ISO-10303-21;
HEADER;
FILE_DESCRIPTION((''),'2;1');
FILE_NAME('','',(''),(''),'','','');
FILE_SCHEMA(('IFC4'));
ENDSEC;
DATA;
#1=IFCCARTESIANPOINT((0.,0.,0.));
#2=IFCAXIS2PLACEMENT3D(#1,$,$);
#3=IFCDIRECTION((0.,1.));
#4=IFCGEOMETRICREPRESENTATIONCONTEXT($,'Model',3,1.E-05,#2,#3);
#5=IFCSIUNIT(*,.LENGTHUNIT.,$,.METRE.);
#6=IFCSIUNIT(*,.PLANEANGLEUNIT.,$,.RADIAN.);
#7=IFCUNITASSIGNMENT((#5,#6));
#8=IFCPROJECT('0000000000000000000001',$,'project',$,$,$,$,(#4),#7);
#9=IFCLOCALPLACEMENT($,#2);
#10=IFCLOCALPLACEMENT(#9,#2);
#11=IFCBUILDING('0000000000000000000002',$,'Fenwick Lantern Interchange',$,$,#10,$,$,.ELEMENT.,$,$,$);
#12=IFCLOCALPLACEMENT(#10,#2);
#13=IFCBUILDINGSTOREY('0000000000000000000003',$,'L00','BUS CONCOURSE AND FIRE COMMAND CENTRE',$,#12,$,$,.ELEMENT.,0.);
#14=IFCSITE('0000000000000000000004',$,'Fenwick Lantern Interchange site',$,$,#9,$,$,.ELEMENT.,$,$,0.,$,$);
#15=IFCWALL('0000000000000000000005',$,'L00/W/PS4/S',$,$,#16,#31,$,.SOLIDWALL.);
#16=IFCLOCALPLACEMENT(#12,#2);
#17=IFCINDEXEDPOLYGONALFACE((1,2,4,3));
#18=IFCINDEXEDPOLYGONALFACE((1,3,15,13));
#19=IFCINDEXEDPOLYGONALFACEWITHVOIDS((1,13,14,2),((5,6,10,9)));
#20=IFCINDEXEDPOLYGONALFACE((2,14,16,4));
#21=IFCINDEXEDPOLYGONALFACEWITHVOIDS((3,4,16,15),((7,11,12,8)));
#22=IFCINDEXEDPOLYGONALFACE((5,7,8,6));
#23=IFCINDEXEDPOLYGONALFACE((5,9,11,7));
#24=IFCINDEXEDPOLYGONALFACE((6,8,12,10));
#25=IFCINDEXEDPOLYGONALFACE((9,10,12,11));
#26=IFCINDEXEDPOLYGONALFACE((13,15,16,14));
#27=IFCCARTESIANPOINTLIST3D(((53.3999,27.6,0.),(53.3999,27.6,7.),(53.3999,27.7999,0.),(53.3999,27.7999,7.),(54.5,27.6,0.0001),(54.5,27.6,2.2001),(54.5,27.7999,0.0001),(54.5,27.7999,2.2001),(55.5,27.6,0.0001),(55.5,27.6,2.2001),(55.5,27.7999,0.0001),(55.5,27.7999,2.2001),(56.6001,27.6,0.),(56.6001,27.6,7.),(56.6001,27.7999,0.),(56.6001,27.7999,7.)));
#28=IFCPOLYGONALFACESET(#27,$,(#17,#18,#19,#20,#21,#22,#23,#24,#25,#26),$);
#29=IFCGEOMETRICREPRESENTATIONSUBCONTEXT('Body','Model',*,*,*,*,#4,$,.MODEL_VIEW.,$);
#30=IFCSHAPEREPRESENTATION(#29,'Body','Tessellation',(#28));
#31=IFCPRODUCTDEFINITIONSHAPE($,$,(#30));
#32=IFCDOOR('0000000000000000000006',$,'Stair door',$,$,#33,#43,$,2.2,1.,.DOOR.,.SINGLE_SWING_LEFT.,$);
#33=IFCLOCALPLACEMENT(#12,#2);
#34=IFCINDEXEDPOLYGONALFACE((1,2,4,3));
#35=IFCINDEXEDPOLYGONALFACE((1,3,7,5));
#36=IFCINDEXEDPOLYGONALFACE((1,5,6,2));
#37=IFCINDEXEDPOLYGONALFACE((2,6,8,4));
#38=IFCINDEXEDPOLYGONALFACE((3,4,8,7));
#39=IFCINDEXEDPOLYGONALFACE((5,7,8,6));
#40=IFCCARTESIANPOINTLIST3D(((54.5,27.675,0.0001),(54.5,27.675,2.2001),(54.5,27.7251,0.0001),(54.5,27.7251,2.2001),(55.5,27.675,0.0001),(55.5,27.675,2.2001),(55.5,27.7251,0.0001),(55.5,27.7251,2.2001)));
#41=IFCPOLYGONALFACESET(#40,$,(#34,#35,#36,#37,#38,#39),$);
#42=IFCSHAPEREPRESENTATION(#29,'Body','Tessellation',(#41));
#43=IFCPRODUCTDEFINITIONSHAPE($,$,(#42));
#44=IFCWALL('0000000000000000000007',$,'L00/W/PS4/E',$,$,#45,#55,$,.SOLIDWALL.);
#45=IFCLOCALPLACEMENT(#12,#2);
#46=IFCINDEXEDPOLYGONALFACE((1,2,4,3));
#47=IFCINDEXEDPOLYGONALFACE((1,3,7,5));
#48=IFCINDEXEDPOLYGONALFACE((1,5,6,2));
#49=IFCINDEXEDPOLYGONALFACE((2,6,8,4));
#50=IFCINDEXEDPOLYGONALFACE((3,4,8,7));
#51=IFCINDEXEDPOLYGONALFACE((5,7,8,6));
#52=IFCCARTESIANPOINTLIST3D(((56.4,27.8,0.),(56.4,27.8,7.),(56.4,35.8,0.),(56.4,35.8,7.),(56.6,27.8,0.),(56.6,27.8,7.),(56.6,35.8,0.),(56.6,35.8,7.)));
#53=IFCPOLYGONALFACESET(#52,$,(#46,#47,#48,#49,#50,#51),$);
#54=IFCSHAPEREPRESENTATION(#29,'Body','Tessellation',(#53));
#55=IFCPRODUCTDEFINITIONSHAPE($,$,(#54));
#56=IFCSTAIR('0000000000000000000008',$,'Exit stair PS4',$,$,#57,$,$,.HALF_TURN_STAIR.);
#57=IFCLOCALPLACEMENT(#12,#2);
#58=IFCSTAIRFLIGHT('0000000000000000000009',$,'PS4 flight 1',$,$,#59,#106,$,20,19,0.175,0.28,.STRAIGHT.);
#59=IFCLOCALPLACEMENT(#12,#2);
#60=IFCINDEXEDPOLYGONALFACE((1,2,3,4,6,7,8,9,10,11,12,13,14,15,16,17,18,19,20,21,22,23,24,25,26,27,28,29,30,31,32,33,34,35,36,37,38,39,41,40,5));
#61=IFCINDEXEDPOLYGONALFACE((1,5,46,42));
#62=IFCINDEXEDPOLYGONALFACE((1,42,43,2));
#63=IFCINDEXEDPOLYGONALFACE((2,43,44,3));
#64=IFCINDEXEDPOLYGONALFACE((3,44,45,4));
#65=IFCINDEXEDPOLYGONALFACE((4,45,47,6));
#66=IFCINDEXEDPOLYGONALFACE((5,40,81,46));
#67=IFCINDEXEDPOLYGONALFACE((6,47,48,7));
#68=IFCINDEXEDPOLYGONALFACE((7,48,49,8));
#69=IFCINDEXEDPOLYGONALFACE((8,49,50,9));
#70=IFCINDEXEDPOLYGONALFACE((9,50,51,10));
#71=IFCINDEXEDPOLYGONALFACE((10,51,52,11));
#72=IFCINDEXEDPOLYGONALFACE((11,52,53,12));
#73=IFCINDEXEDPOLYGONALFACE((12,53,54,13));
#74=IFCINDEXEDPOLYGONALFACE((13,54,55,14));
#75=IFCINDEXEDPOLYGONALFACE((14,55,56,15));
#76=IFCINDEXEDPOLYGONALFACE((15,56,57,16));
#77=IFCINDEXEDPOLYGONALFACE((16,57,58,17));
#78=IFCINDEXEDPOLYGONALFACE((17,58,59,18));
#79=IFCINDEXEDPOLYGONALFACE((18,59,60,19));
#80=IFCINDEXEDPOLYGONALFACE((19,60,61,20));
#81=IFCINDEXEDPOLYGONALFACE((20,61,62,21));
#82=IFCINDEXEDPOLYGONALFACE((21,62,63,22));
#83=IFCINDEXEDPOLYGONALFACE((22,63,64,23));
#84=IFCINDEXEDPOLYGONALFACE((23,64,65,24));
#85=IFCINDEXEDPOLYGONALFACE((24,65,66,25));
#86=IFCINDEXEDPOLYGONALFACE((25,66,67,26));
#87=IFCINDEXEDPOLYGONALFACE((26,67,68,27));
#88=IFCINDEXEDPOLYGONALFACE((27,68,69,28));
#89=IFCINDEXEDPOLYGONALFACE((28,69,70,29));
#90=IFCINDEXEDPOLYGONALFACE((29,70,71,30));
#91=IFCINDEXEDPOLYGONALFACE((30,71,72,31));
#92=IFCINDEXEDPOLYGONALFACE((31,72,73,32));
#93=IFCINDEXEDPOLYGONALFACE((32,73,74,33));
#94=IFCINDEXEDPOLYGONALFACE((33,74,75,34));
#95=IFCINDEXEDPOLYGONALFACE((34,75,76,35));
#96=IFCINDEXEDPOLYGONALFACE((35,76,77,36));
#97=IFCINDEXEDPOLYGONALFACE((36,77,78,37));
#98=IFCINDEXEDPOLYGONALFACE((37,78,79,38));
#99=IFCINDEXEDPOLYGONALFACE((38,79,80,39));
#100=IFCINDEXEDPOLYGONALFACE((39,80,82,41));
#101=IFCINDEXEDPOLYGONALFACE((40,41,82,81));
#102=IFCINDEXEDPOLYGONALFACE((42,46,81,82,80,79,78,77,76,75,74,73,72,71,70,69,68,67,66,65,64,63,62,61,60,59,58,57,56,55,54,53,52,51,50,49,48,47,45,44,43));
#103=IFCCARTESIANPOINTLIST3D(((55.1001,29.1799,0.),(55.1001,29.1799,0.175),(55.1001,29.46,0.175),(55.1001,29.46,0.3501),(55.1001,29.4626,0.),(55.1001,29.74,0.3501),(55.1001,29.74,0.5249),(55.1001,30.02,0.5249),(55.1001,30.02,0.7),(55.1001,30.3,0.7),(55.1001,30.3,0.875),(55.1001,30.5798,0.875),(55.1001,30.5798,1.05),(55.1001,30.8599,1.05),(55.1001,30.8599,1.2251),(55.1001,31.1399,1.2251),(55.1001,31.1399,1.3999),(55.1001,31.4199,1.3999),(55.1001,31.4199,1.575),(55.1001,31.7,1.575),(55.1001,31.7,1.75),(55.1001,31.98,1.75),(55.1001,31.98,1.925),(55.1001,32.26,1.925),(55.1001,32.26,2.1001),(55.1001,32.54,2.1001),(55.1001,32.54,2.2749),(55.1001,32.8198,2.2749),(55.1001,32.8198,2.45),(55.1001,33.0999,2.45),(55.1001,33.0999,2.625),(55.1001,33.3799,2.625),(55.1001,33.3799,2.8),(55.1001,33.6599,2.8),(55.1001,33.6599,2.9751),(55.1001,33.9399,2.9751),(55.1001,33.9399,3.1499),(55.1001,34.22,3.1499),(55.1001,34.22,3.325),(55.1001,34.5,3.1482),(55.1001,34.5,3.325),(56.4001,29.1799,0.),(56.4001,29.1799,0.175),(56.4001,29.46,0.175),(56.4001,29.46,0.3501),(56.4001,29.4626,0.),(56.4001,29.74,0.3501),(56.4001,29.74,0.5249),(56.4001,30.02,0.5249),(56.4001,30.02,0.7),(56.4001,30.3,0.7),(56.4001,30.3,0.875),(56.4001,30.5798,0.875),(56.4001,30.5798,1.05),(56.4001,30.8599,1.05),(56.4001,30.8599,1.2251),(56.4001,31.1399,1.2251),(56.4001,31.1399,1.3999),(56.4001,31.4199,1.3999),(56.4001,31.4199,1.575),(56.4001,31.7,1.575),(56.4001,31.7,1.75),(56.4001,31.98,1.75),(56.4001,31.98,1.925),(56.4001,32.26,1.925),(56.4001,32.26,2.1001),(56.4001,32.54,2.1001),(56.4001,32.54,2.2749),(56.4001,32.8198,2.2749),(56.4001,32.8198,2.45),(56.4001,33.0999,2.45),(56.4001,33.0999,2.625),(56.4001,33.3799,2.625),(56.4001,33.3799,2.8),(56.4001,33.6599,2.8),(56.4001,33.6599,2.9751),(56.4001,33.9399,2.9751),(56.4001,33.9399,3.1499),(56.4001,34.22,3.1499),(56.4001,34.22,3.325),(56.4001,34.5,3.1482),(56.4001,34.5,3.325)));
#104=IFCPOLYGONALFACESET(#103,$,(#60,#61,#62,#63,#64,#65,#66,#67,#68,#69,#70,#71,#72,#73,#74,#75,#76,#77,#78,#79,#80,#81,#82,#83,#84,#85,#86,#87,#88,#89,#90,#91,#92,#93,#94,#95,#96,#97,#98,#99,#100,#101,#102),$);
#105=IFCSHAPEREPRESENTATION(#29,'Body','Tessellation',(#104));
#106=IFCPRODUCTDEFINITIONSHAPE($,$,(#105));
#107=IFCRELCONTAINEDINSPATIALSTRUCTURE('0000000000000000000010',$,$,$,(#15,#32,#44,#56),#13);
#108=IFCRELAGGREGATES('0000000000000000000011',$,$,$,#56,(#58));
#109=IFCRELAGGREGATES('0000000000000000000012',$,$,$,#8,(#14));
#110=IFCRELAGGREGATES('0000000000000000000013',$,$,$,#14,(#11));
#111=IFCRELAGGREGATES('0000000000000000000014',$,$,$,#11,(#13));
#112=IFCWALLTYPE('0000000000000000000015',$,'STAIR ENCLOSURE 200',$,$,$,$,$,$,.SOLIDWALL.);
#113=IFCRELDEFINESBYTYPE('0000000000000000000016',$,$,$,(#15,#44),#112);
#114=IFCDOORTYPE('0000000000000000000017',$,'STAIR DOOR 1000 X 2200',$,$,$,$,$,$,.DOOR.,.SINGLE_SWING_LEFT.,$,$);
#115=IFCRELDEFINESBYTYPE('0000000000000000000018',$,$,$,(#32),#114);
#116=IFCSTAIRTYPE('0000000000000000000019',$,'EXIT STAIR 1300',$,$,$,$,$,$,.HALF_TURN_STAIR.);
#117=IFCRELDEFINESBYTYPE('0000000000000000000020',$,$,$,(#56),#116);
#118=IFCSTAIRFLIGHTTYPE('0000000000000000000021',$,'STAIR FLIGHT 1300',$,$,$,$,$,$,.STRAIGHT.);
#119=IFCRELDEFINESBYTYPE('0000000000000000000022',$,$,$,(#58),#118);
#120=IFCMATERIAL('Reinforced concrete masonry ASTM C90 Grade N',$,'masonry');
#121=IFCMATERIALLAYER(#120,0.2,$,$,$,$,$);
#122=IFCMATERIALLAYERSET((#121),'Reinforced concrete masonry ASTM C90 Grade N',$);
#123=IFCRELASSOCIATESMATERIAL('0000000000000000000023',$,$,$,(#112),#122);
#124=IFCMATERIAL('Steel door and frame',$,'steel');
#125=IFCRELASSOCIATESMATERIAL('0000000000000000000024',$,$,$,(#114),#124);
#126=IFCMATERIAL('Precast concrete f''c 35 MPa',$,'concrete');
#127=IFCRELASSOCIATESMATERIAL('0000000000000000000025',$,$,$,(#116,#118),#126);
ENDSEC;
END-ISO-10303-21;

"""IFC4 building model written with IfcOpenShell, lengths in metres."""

from ifc_helpers import new_model, si_unit, direction, frame, frame_2d, origin, place, context, subcontext, project, spatial, polyline, rectangle, outline, extrude, material, layer, layer_set, type_object, element, fill, aggregate, save


model = new_model("IFC4")

# Units and contexts
model_context = context("Model", 3, precision=1e-05, world=origin(), true_north=direction((0.0, 1.0)))
body_context = subcontext(model_context, "Body", "Model", "MODEL_VIEW")
ifc_project = project(units=[si_unit("LENGTHUNIT", "METRE"), si_unit("PLANEANGLEUNIT", "RADIAN")], contexts=[model_context])

# Site, building, storey
site_placement = place(None, origin())
site = spatial("IfcSite", under=ifc_project, at=site_placement, Name="Fenwick Lantern Interchange site", CompositionType="ELEMENT", RefElevation=0.0)
building_placement = place(site_placement, origin())
building = spatial("IfcBuilding", under=site, at=building_placement, Name="Fenwick Lantern Interchange", CompositionType="ELEMENT")
storey_placement = place(building_placement, origin())
storey = spatial("IfcBuildingStorey", under=building, at=storey_placement, Name="L00", Description="BUS CONCOURSE AND FIRE COMMAND CENTRE", CompositionType="ELEMENT", Elevation=0.0)

# Shared definitions
ifc_material_1 = material(Name="Steel door and frame", Category="steel")

# Wall, opening, door
ifc_material_2 = material(Name="Reinforced concrete masonry ASTM C90 Grade N", Category="masonry")
ifc_layer_1 = layer(ifc_material_2, 0.2)
ifc_layer_set_1 = layer_set([ifc_layer_1], Name="Reinforced concrete masonry ASTM C90 Grade N")
wall_type_1 = type_object("IfcWallType", Name="STAIR ENCLOSURE 200", PredefinedType="SOLIDWALL", material=ifc_layer_set_1)
wall_1_placement = place(storey_placement, frame((53.3999, 27.7, 0.0), z_axis=(0.0, 0.0, 1.0), x_axis=(1.0, 0.0, 0.0)))
wall_1 = element("IfcWall", 1, at=wall_1_placement, inside=storey, type_object=wall_type_1, Name="L00/W/PS4/S", PredefinedType="SOLIDWALL", context=body_context, shape_type="SweptSolid", body=[
    extrude(rectangle(XDim=3.2002, YDim=0.2, at=frame_2d((1.6001, 0.0))), origin(), (0.0, 0.0, 1.0), 7.0),
])
opening_1_placement = place(wall_1_placement, frame((1.1001, 0.0, 0.0)))
opening_1 = element("IfcOpeningElement", 2, at=opening_1_placement, cuts=wall_1, PredefinedType="OPENING", context=body_context, shape_type="SweptSolid", body=[
    extrude(rectangle(XDim=1.0, YDim=2.2, at=frame_2d((0.5, 1.1001))), frame((0.0, 0.1099, 0.0), z_axis=(0.0, -1.0, 0.0), x_axis=(1.0, 0.0, 0.0)), (0.0, 0.0, 1.0), 0.22),
])
door_type_1 = type_object("IfcDoorType", Name="STAIR DOOR 1000 X 2200", OperationType="SINGLE_SWING_LEFT", PredefinedType="DOOR", material=ifc_material_1)
door_1_placement = place(opening_1_placement, frame((1.0, 0.0, 0.0), z_axis=(0.0, 0.0, 1.0), x_axis=(-1.0, 0.0, 0.0)))
door_1 = element("IfcDoor", 3, at=door_1_placement, inside=storey, type_object=door_type_1, Name="Stair door", OperationType="SINGLE_SWING_LEFT", OverallHeight=2.2, OverallWidth=1.0, PredefinedType="DOOR", context=body_context, shape_type="SweptSolid", body=[
    extrude(rectangle(XDim=1.0, YDim=2.2, at=frame_2d((0.5, 1.1001))), frame((0.0, 0.0249, 0.0), z_axis=(0.0, -1.0, 0.0), x_axis=(1.0, 0.0, 0.0)), (0.0, 0.0, 1.0), 0.05),
])
fill(opening_1, door_1)

# Wall
wall_2_placement = place(storey_placement, frame((56.5, 27.8, 0.0), z_axis=(0.0, 0.0, 1.0), x_axis=(0.0, 1.0, 0.0)))
element("IfcWall", 4, at=wall_2_placement, inside=storey, type_object=wall_type_1, Name="L00/W/PS4/E", PredefinedType="SOLIDWALL", context=body_context, shape_type="SweptSolid", body=[
    extrude(rectangle(XDim=8.0, YDim=0.2, at=frame_2d((4.0, 0.0))), origin(), (0.0, 0.0, 1.0), 7.0),
])

# Stair, stair flight
ifc_material_3 = material(Name="Precast concrete f'c 35 MPa", Category="concrete")
stair_type = type_object("IfcStairType", Name="EXIT STAIR 1300", PredefinedType="HALF_TURN_STAIR", material=ifc_material_3)
stair_placement = place(storey_placement, origin())
stair = element("IfcStair", 5, at=stair_placement, inside=storey, type_object=stair_type, Name="Exit stair PS4", PredefinedType="HALF_TURN_STAIR")
stair_flight_type = type_object("IfcStairFlightType", Name="STAIR FLIGHT 1300", PredefinedType="STRAIGHT", material=ifc_material_3)
stair_flight_placement = place(storey_placement, frame((55.75, 29.1799, 0.0), z_axis=(0.0, 0.0, 1.0), x_axis=(0.0, 1.0, 0.0)))
stair_flight = element("IfcStairFlight", 6, at=stair_flight_placement, type_object=stair_flight_type, Name="PS4 flight 1", NumberOfRisers=20, NumberOfTreads=19, PredefinedType="STRAIGHT", RiserHeight=0.175, TreadLength=0.28, context=body_context, shape_type="SweptSolid", body=[
    extrude(outline(polyline([(0.0, 0.0), (0.0, 0.175), (0.28, 0.175), (0.28, 0.3501), (0.5601, 0.3501), (0.5601, 0.5249), (0.8401, 0.5249), (0.8401, 0.7), (1.1201, 0.7), (1.1201, 0.875), (1.3999, 0.875), (1.3999, 1.05), (1.6799, 1.05), (1.6799, 1.2251), (1.96, 1.2251), (1.96, 1.3999), (2.24, 1.3999), (2.24, 1.575), (2.52, 1.575), (2.52, 1.75), (2.8, 1.75), (2.8, 1.925), (3.0801, 1.925), (3.0801, 2.1001), (3.3601, 2.1001), (3.3601, 2.2749), (3.6399, 2.2749), (3.6399, 2.45), (3.9199, 2.45), (3.9199, 2.625), (4.2, 2.625), (4.2, 2.8), (4.48, 2.8), (4.48, 2.9751), (4.76, 2.9751), (4.76, 3.1499), (5.04, 3.1499), (5.04, 3.325), (5.3201, 3.325), (5.3201, 3.5), (5.3201, 3.1482), (0.2827, 0.0), (0.0, 0.0)])), frame((0.0, 0.6499, 0.0), z_axis=(0.0, -1.0, 0.0), x_axis=(1.0, 0.0, 0.0)), (0.0, 0.0, 1.0), 1.3),
])
aggregate(stair, [stair_flight])

save(model, "model.ifc")
